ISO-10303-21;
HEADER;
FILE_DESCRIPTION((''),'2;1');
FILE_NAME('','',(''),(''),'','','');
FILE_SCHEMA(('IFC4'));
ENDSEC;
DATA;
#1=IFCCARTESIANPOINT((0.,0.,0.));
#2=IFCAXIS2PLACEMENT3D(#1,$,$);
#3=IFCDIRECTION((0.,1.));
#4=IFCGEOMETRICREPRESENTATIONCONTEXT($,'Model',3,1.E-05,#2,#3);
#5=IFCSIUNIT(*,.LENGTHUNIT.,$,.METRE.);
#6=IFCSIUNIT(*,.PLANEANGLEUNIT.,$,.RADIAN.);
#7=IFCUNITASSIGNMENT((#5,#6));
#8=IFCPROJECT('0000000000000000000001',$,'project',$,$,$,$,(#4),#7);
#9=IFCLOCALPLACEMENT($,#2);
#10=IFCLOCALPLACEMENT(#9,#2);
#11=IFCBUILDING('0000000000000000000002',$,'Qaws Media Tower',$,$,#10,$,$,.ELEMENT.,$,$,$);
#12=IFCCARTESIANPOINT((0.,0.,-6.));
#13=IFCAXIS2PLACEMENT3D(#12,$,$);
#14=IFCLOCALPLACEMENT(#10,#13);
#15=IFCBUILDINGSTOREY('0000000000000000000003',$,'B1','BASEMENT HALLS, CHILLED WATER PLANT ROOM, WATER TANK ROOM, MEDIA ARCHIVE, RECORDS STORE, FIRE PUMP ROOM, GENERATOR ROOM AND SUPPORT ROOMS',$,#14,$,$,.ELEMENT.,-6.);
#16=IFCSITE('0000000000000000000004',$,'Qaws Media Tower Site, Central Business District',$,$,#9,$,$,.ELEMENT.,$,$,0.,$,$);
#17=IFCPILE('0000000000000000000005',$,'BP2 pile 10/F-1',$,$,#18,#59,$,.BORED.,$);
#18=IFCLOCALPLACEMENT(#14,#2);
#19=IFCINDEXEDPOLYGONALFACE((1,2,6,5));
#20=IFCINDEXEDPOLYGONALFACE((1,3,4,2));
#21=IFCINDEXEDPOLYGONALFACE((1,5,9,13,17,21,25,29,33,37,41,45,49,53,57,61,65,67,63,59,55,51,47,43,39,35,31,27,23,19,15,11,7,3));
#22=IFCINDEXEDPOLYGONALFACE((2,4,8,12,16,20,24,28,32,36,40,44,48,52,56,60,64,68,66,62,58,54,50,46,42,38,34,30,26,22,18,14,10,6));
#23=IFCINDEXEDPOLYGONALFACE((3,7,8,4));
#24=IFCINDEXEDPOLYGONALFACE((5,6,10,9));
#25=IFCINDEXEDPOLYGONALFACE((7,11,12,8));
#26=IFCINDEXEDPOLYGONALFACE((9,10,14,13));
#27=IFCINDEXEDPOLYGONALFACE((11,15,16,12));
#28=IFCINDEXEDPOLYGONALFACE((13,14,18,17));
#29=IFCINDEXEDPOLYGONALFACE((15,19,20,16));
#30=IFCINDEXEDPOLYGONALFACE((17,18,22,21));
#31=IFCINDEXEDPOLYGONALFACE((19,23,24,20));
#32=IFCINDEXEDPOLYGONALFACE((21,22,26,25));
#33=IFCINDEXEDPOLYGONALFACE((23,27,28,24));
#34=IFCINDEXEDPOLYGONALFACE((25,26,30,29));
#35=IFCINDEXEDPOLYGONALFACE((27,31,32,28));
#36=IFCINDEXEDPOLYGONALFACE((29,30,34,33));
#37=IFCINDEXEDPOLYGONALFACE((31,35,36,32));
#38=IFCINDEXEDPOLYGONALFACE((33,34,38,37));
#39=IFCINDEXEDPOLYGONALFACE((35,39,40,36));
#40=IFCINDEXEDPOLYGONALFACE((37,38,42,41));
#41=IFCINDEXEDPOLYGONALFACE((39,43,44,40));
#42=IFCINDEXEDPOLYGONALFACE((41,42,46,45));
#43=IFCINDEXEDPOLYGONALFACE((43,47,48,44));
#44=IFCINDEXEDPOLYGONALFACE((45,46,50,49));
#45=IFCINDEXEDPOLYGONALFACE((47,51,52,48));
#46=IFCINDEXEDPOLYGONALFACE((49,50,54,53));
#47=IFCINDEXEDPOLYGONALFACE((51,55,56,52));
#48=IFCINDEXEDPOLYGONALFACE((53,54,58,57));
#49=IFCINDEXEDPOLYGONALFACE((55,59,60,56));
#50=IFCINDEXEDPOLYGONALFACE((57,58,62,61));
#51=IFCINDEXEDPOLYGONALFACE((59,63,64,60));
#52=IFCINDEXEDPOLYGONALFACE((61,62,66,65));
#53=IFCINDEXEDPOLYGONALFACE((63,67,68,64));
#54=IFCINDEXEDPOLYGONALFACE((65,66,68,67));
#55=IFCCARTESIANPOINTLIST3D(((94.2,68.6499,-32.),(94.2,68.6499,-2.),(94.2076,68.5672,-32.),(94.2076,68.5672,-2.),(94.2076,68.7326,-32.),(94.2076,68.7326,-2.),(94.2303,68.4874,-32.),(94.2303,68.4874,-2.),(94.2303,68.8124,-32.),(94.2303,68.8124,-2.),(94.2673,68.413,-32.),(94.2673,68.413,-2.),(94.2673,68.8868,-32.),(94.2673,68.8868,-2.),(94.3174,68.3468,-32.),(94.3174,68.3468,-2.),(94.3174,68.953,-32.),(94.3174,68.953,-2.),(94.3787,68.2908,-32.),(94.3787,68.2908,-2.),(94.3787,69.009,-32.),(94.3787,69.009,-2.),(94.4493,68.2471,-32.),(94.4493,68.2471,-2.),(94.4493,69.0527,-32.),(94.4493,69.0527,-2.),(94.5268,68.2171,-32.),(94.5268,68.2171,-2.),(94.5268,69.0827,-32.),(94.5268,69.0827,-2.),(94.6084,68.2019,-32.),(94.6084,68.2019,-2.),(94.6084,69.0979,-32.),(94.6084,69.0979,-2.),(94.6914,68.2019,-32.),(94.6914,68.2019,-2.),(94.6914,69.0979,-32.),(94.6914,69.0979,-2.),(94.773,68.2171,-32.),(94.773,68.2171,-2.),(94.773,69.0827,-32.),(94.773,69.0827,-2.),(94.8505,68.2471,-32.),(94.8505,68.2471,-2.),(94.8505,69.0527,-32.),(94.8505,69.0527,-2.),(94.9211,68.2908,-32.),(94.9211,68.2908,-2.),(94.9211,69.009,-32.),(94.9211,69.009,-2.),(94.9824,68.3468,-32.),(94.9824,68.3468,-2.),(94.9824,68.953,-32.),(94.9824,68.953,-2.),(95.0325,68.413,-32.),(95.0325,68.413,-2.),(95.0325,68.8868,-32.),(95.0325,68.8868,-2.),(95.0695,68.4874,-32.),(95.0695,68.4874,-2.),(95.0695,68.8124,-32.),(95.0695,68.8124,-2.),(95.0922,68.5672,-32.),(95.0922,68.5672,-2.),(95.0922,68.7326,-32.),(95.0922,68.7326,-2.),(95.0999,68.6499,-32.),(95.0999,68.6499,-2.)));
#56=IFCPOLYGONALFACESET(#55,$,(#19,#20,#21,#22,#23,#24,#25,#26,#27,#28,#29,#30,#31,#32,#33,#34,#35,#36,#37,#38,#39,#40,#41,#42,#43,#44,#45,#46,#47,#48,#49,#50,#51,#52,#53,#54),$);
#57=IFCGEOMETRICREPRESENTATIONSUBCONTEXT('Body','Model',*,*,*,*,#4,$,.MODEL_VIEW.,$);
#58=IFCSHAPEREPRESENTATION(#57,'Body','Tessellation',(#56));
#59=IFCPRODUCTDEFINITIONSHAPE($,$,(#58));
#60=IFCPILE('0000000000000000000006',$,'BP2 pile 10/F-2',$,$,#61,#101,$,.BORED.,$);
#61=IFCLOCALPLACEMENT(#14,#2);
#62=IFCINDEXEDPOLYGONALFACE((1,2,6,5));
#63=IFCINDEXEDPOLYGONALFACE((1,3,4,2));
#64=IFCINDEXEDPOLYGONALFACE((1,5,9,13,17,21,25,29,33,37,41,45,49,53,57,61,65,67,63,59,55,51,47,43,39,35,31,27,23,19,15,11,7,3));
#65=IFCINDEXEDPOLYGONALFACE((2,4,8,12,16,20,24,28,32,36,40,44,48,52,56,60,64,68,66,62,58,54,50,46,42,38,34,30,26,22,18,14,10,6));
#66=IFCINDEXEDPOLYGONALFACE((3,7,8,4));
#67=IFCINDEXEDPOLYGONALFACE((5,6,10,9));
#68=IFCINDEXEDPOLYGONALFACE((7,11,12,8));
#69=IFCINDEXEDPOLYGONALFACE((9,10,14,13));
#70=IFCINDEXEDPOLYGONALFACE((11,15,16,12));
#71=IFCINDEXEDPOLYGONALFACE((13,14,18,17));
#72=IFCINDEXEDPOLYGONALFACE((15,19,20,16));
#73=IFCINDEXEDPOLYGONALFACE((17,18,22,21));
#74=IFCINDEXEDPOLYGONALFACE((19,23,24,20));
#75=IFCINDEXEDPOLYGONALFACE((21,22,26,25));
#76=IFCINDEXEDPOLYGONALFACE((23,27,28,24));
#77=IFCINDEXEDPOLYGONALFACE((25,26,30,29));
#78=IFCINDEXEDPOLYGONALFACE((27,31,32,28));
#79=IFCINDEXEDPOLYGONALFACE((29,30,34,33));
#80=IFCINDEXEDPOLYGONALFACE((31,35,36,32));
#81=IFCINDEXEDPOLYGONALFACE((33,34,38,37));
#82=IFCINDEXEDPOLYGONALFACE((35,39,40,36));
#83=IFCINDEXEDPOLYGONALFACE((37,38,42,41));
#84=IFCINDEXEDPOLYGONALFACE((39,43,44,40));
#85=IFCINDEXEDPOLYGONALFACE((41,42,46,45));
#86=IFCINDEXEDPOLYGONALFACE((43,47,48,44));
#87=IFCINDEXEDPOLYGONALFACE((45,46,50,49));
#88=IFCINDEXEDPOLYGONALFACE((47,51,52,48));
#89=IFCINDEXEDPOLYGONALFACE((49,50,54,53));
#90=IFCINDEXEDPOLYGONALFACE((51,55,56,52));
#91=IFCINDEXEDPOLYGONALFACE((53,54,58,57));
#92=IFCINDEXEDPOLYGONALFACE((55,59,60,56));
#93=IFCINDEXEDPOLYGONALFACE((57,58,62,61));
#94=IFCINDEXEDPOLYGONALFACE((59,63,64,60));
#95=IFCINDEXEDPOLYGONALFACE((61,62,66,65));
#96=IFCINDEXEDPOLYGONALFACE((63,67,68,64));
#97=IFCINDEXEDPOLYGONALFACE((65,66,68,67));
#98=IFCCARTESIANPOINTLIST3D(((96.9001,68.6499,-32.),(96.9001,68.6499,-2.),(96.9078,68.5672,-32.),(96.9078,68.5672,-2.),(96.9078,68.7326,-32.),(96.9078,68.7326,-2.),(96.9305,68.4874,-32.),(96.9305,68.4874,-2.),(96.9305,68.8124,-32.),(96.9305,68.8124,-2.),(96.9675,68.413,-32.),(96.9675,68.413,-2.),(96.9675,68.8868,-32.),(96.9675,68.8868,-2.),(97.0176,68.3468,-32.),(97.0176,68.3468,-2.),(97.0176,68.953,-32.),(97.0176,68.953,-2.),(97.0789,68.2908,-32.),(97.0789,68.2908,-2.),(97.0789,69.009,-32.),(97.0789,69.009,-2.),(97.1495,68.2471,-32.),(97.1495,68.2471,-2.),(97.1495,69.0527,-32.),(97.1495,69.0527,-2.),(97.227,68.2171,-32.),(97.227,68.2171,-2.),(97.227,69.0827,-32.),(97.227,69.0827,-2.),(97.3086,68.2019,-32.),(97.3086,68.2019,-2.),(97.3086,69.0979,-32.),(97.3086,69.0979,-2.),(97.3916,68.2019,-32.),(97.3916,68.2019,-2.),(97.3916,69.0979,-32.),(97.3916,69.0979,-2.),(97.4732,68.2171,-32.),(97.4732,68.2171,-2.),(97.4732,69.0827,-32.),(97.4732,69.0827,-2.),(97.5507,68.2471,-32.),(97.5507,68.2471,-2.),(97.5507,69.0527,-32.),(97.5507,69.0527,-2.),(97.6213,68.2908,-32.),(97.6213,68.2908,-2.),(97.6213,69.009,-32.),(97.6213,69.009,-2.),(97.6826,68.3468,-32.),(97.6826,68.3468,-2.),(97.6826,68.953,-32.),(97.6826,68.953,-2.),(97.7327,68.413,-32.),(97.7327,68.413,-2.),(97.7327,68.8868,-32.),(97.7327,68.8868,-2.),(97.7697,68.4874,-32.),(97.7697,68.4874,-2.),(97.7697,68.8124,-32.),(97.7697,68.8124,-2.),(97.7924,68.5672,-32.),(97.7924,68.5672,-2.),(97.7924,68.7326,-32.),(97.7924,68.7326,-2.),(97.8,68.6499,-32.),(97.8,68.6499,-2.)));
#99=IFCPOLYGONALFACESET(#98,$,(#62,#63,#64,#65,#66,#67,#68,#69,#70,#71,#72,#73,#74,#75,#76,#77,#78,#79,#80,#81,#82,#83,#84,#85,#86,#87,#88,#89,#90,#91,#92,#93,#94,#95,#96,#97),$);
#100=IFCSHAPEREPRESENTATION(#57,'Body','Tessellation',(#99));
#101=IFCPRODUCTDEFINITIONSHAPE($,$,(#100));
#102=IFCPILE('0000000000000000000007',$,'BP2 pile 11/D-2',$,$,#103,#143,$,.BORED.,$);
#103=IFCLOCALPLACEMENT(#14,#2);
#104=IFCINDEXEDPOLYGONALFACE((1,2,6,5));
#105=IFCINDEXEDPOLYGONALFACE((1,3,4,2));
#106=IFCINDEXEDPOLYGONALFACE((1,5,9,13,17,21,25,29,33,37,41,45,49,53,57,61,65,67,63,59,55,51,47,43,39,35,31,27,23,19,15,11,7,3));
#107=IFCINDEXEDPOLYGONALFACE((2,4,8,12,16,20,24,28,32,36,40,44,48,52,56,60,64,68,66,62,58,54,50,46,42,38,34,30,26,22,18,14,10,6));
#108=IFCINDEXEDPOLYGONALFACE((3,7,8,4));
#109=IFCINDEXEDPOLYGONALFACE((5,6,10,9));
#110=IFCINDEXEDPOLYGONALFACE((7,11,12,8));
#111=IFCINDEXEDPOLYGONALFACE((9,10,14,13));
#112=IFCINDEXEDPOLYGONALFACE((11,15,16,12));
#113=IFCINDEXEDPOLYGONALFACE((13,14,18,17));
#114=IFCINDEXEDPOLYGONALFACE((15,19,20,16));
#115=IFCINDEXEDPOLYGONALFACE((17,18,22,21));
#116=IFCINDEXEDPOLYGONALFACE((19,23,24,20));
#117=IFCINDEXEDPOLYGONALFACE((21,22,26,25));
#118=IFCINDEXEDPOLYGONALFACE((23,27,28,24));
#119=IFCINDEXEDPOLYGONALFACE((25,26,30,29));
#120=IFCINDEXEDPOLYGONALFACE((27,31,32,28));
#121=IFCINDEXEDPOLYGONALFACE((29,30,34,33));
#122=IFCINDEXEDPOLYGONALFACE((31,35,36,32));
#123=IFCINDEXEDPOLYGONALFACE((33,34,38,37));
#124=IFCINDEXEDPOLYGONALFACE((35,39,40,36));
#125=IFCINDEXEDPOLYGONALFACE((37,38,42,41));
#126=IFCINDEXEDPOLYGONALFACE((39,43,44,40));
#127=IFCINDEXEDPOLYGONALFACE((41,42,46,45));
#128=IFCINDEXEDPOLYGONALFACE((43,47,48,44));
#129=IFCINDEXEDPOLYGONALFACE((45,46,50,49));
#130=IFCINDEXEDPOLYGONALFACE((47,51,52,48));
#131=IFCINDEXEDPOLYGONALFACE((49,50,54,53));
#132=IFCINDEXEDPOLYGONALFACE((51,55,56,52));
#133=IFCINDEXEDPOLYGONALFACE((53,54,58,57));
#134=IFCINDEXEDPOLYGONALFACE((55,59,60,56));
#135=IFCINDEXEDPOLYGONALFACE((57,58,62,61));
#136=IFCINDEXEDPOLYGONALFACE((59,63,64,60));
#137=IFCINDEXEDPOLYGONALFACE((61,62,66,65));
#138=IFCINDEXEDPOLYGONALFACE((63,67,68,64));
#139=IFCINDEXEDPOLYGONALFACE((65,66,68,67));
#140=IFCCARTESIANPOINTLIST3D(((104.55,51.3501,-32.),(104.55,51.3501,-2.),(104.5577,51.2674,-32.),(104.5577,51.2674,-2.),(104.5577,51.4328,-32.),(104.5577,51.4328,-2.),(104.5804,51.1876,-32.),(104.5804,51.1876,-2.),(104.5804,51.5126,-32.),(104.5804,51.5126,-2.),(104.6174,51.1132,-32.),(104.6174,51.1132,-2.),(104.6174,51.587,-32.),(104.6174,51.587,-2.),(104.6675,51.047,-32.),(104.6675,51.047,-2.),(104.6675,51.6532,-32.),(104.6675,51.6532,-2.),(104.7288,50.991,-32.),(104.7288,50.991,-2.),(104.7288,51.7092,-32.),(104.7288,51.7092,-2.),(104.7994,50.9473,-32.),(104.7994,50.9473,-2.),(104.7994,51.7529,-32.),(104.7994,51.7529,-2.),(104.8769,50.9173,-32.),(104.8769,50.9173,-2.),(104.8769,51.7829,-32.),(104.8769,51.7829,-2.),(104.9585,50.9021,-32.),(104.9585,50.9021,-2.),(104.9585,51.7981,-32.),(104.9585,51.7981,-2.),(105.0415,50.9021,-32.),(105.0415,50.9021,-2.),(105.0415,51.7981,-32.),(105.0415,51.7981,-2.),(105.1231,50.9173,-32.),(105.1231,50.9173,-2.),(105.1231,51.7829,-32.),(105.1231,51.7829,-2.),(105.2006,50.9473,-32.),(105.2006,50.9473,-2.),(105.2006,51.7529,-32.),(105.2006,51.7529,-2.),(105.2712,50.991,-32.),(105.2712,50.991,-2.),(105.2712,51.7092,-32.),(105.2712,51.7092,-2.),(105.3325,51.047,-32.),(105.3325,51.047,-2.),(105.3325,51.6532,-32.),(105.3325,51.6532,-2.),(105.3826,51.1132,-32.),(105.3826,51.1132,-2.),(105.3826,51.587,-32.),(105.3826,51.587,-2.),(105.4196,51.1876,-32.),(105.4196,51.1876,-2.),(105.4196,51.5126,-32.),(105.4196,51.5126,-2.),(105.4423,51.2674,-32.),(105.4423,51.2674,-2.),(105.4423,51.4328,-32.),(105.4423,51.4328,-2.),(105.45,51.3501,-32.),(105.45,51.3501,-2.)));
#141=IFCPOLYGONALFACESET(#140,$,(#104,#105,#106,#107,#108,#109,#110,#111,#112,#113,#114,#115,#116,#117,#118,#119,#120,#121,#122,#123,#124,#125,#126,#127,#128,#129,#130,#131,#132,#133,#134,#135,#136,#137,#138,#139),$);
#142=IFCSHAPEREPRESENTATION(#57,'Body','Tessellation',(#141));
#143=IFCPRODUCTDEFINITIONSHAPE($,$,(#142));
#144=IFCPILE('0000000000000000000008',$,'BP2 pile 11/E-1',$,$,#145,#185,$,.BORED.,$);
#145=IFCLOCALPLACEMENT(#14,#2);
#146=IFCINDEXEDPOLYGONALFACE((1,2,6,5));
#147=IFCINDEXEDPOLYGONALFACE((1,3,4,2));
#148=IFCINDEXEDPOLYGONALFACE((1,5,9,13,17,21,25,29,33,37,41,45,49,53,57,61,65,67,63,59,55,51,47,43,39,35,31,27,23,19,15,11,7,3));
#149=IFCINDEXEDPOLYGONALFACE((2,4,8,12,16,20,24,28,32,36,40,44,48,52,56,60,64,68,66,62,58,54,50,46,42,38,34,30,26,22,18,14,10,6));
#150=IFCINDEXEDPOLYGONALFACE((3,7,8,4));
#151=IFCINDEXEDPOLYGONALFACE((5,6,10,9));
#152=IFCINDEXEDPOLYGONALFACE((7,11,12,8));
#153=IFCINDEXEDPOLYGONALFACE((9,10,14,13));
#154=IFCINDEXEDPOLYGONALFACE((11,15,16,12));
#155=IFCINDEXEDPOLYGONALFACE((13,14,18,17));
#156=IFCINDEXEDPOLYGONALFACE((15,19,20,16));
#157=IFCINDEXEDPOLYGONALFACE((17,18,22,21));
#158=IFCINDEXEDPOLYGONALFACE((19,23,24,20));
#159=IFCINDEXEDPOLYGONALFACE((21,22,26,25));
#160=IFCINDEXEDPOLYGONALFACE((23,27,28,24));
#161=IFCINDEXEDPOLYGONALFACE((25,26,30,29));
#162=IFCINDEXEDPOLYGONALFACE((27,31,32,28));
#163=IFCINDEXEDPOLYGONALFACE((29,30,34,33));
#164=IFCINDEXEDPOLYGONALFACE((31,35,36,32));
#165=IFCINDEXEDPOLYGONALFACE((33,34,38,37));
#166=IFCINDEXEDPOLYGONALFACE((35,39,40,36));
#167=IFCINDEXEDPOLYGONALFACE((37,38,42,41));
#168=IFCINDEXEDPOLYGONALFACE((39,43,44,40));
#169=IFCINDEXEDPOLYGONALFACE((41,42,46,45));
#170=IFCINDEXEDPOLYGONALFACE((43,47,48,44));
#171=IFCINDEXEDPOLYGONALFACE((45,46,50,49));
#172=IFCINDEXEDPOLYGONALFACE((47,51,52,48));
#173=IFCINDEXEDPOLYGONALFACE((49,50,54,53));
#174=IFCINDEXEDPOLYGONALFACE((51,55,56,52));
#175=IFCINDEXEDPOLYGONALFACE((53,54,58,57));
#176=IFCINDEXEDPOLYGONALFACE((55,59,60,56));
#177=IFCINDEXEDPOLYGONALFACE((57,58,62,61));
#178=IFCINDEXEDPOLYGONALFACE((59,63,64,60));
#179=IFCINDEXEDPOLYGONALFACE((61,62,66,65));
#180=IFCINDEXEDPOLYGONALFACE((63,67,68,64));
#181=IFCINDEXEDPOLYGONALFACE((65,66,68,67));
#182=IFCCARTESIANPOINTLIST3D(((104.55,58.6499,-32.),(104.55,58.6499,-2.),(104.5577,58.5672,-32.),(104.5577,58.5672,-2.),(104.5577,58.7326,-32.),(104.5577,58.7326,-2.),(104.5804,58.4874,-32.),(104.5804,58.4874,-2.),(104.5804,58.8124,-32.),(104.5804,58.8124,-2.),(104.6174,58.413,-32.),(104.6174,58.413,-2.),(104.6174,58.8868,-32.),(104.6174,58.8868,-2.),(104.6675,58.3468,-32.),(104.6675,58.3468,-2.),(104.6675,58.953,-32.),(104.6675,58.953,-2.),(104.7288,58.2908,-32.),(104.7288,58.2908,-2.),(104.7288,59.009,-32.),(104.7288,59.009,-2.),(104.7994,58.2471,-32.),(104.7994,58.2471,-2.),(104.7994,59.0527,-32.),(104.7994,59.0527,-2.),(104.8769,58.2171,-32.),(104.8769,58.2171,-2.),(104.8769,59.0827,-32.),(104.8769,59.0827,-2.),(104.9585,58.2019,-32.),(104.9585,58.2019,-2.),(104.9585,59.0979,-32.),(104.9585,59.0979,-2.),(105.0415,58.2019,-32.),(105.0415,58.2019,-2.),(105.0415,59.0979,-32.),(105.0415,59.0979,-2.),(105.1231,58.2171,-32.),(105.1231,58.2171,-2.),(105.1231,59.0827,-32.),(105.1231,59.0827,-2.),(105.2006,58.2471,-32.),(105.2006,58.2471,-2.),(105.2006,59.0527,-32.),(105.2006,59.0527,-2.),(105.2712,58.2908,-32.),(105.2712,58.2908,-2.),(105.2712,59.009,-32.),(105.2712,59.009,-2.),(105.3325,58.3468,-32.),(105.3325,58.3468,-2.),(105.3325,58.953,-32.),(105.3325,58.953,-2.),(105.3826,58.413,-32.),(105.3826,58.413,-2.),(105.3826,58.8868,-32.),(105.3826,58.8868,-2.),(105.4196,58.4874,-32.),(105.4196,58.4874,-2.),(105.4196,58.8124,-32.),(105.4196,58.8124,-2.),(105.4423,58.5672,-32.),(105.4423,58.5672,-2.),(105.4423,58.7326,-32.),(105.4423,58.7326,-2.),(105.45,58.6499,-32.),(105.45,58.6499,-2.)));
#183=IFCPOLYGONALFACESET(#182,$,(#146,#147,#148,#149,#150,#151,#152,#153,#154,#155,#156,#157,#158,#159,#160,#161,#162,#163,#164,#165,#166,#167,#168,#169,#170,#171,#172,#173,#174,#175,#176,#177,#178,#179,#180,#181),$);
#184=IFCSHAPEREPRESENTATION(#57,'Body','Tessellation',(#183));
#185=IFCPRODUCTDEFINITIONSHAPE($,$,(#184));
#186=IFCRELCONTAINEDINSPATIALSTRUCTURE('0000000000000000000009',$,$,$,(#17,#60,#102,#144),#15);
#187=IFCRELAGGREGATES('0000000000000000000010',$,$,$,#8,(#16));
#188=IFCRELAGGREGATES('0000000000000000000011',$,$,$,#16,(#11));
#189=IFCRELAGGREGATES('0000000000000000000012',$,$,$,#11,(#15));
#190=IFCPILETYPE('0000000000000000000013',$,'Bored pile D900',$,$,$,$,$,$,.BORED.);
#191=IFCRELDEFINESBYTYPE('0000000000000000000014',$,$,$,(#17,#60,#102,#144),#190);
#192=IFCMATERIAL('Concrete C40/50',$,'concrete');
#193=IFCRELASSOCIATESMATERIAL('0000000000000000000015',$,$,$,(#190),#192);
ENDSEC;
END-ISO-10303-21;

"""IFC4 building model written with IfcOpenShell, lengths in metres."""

from ifc_helpers import new_model, si_unit, direction, frame, origin, origin_2d, place, context, subcontext, project, spatial, circle, extrude, material, material_profile, profile_set, type_object, element, save


model = new_model("IFC4")

# Units and contexts
model_context = context("Model", 3, precision=1e-05, world=origin(), true_north=direction((0.0, 1.0)))
body_context = subcontext(model_context, "Body", "Model", "MODEL_VIEW")
ifc_project = project(units=[si_unit("LENGTHUNIT", "METRE"), si_unit("PLANEANGLEUNIT", "RADIAN")], contexts=[model_context])

# Site, building, storey
site_placement = place(None, origin())
site = spatial("IfcSite", under=ifc_project, at=site_placement, Name="Qaws Media Tower Site, Central Business District", CompositionType="ELEMENT", RefElevation=0.0)
building_placement = place(site_placement, origin())
building = spatial("IfcBuilding", under=site, at=building_placement, Name="Qaws Media Tower", CompositionType="ELEMENT")
storey_placement = place(building_placement, frame((0.0, 0.0, -6.0)))
storey = spatial("IfcBuildingStorey", under=building, at=storey_placement, Name="B1", Description="BASEMENT HALLS, CHILLED WATER PLANT ROOM, WATER TANK ROOM, MEDIA ARCHIVE, RECORDS STORE, FIRE PUMP ROOM, GENERATOR ROOM AND SUPPORT ROOMS", CompositionType="ELEMENT", Elevation=-6.0)

# Piles
ifc_material_1 = material(Name="Concrete C40/50", Category="concrete")
ifc_material_profile_1 = material_profile(ifc_material_1, circle(Radius=0.45, at=origin_2d()), Name="D900")
ifc_profile_set_1 = profile_set([ifc_material_profile_1], Name="Concrete C40/50")
pile_type = type_object("IfcPileType", Name="Bored pile D900", PredefinedType="BORED", material=ifc_profile_set_1)
for number, where, z_axis, x_axis, name in (
    (1, (94.6499, 68.6499, -2.0), (0.0, 0.0, -1.0), (1.0, 0.0, 0.0), "BP2 pile 10/F-1"),
    (2, (97.3501, 68.6499, -2.0), (0.0, 0.0, -1.0), (1.0, 0.0, 0.0), "BP2 pile 10/F-2"),
    (3, (105.0, 51.3501, -2.0), (0.0, 0.0, -1.0), (1.0, 0.0, 0.0), "BP2 pile 11/D-2"),
    (4, (105.0, 58.6499, -2.0), (0.0, 0.0, -1.0), (1.0, 0.0, 0.0), "BP2 pile 11/E-1"),
):
    element("IfcPile", number, at=place(storey_placement, frame(where, z_axis=z_axis, x_axis=x_axis)), inside=storey, type_object=pile_type, Name=name, PredefinedType="BORED", context=body_context, shape_type="SweptSolid", body=[
        extrude(circle(Radius=0.45, at=origin_2d()), origin(), (0.0, 0.0, 1.0), 30.0),
    ])

save(model, "model.ifc")
